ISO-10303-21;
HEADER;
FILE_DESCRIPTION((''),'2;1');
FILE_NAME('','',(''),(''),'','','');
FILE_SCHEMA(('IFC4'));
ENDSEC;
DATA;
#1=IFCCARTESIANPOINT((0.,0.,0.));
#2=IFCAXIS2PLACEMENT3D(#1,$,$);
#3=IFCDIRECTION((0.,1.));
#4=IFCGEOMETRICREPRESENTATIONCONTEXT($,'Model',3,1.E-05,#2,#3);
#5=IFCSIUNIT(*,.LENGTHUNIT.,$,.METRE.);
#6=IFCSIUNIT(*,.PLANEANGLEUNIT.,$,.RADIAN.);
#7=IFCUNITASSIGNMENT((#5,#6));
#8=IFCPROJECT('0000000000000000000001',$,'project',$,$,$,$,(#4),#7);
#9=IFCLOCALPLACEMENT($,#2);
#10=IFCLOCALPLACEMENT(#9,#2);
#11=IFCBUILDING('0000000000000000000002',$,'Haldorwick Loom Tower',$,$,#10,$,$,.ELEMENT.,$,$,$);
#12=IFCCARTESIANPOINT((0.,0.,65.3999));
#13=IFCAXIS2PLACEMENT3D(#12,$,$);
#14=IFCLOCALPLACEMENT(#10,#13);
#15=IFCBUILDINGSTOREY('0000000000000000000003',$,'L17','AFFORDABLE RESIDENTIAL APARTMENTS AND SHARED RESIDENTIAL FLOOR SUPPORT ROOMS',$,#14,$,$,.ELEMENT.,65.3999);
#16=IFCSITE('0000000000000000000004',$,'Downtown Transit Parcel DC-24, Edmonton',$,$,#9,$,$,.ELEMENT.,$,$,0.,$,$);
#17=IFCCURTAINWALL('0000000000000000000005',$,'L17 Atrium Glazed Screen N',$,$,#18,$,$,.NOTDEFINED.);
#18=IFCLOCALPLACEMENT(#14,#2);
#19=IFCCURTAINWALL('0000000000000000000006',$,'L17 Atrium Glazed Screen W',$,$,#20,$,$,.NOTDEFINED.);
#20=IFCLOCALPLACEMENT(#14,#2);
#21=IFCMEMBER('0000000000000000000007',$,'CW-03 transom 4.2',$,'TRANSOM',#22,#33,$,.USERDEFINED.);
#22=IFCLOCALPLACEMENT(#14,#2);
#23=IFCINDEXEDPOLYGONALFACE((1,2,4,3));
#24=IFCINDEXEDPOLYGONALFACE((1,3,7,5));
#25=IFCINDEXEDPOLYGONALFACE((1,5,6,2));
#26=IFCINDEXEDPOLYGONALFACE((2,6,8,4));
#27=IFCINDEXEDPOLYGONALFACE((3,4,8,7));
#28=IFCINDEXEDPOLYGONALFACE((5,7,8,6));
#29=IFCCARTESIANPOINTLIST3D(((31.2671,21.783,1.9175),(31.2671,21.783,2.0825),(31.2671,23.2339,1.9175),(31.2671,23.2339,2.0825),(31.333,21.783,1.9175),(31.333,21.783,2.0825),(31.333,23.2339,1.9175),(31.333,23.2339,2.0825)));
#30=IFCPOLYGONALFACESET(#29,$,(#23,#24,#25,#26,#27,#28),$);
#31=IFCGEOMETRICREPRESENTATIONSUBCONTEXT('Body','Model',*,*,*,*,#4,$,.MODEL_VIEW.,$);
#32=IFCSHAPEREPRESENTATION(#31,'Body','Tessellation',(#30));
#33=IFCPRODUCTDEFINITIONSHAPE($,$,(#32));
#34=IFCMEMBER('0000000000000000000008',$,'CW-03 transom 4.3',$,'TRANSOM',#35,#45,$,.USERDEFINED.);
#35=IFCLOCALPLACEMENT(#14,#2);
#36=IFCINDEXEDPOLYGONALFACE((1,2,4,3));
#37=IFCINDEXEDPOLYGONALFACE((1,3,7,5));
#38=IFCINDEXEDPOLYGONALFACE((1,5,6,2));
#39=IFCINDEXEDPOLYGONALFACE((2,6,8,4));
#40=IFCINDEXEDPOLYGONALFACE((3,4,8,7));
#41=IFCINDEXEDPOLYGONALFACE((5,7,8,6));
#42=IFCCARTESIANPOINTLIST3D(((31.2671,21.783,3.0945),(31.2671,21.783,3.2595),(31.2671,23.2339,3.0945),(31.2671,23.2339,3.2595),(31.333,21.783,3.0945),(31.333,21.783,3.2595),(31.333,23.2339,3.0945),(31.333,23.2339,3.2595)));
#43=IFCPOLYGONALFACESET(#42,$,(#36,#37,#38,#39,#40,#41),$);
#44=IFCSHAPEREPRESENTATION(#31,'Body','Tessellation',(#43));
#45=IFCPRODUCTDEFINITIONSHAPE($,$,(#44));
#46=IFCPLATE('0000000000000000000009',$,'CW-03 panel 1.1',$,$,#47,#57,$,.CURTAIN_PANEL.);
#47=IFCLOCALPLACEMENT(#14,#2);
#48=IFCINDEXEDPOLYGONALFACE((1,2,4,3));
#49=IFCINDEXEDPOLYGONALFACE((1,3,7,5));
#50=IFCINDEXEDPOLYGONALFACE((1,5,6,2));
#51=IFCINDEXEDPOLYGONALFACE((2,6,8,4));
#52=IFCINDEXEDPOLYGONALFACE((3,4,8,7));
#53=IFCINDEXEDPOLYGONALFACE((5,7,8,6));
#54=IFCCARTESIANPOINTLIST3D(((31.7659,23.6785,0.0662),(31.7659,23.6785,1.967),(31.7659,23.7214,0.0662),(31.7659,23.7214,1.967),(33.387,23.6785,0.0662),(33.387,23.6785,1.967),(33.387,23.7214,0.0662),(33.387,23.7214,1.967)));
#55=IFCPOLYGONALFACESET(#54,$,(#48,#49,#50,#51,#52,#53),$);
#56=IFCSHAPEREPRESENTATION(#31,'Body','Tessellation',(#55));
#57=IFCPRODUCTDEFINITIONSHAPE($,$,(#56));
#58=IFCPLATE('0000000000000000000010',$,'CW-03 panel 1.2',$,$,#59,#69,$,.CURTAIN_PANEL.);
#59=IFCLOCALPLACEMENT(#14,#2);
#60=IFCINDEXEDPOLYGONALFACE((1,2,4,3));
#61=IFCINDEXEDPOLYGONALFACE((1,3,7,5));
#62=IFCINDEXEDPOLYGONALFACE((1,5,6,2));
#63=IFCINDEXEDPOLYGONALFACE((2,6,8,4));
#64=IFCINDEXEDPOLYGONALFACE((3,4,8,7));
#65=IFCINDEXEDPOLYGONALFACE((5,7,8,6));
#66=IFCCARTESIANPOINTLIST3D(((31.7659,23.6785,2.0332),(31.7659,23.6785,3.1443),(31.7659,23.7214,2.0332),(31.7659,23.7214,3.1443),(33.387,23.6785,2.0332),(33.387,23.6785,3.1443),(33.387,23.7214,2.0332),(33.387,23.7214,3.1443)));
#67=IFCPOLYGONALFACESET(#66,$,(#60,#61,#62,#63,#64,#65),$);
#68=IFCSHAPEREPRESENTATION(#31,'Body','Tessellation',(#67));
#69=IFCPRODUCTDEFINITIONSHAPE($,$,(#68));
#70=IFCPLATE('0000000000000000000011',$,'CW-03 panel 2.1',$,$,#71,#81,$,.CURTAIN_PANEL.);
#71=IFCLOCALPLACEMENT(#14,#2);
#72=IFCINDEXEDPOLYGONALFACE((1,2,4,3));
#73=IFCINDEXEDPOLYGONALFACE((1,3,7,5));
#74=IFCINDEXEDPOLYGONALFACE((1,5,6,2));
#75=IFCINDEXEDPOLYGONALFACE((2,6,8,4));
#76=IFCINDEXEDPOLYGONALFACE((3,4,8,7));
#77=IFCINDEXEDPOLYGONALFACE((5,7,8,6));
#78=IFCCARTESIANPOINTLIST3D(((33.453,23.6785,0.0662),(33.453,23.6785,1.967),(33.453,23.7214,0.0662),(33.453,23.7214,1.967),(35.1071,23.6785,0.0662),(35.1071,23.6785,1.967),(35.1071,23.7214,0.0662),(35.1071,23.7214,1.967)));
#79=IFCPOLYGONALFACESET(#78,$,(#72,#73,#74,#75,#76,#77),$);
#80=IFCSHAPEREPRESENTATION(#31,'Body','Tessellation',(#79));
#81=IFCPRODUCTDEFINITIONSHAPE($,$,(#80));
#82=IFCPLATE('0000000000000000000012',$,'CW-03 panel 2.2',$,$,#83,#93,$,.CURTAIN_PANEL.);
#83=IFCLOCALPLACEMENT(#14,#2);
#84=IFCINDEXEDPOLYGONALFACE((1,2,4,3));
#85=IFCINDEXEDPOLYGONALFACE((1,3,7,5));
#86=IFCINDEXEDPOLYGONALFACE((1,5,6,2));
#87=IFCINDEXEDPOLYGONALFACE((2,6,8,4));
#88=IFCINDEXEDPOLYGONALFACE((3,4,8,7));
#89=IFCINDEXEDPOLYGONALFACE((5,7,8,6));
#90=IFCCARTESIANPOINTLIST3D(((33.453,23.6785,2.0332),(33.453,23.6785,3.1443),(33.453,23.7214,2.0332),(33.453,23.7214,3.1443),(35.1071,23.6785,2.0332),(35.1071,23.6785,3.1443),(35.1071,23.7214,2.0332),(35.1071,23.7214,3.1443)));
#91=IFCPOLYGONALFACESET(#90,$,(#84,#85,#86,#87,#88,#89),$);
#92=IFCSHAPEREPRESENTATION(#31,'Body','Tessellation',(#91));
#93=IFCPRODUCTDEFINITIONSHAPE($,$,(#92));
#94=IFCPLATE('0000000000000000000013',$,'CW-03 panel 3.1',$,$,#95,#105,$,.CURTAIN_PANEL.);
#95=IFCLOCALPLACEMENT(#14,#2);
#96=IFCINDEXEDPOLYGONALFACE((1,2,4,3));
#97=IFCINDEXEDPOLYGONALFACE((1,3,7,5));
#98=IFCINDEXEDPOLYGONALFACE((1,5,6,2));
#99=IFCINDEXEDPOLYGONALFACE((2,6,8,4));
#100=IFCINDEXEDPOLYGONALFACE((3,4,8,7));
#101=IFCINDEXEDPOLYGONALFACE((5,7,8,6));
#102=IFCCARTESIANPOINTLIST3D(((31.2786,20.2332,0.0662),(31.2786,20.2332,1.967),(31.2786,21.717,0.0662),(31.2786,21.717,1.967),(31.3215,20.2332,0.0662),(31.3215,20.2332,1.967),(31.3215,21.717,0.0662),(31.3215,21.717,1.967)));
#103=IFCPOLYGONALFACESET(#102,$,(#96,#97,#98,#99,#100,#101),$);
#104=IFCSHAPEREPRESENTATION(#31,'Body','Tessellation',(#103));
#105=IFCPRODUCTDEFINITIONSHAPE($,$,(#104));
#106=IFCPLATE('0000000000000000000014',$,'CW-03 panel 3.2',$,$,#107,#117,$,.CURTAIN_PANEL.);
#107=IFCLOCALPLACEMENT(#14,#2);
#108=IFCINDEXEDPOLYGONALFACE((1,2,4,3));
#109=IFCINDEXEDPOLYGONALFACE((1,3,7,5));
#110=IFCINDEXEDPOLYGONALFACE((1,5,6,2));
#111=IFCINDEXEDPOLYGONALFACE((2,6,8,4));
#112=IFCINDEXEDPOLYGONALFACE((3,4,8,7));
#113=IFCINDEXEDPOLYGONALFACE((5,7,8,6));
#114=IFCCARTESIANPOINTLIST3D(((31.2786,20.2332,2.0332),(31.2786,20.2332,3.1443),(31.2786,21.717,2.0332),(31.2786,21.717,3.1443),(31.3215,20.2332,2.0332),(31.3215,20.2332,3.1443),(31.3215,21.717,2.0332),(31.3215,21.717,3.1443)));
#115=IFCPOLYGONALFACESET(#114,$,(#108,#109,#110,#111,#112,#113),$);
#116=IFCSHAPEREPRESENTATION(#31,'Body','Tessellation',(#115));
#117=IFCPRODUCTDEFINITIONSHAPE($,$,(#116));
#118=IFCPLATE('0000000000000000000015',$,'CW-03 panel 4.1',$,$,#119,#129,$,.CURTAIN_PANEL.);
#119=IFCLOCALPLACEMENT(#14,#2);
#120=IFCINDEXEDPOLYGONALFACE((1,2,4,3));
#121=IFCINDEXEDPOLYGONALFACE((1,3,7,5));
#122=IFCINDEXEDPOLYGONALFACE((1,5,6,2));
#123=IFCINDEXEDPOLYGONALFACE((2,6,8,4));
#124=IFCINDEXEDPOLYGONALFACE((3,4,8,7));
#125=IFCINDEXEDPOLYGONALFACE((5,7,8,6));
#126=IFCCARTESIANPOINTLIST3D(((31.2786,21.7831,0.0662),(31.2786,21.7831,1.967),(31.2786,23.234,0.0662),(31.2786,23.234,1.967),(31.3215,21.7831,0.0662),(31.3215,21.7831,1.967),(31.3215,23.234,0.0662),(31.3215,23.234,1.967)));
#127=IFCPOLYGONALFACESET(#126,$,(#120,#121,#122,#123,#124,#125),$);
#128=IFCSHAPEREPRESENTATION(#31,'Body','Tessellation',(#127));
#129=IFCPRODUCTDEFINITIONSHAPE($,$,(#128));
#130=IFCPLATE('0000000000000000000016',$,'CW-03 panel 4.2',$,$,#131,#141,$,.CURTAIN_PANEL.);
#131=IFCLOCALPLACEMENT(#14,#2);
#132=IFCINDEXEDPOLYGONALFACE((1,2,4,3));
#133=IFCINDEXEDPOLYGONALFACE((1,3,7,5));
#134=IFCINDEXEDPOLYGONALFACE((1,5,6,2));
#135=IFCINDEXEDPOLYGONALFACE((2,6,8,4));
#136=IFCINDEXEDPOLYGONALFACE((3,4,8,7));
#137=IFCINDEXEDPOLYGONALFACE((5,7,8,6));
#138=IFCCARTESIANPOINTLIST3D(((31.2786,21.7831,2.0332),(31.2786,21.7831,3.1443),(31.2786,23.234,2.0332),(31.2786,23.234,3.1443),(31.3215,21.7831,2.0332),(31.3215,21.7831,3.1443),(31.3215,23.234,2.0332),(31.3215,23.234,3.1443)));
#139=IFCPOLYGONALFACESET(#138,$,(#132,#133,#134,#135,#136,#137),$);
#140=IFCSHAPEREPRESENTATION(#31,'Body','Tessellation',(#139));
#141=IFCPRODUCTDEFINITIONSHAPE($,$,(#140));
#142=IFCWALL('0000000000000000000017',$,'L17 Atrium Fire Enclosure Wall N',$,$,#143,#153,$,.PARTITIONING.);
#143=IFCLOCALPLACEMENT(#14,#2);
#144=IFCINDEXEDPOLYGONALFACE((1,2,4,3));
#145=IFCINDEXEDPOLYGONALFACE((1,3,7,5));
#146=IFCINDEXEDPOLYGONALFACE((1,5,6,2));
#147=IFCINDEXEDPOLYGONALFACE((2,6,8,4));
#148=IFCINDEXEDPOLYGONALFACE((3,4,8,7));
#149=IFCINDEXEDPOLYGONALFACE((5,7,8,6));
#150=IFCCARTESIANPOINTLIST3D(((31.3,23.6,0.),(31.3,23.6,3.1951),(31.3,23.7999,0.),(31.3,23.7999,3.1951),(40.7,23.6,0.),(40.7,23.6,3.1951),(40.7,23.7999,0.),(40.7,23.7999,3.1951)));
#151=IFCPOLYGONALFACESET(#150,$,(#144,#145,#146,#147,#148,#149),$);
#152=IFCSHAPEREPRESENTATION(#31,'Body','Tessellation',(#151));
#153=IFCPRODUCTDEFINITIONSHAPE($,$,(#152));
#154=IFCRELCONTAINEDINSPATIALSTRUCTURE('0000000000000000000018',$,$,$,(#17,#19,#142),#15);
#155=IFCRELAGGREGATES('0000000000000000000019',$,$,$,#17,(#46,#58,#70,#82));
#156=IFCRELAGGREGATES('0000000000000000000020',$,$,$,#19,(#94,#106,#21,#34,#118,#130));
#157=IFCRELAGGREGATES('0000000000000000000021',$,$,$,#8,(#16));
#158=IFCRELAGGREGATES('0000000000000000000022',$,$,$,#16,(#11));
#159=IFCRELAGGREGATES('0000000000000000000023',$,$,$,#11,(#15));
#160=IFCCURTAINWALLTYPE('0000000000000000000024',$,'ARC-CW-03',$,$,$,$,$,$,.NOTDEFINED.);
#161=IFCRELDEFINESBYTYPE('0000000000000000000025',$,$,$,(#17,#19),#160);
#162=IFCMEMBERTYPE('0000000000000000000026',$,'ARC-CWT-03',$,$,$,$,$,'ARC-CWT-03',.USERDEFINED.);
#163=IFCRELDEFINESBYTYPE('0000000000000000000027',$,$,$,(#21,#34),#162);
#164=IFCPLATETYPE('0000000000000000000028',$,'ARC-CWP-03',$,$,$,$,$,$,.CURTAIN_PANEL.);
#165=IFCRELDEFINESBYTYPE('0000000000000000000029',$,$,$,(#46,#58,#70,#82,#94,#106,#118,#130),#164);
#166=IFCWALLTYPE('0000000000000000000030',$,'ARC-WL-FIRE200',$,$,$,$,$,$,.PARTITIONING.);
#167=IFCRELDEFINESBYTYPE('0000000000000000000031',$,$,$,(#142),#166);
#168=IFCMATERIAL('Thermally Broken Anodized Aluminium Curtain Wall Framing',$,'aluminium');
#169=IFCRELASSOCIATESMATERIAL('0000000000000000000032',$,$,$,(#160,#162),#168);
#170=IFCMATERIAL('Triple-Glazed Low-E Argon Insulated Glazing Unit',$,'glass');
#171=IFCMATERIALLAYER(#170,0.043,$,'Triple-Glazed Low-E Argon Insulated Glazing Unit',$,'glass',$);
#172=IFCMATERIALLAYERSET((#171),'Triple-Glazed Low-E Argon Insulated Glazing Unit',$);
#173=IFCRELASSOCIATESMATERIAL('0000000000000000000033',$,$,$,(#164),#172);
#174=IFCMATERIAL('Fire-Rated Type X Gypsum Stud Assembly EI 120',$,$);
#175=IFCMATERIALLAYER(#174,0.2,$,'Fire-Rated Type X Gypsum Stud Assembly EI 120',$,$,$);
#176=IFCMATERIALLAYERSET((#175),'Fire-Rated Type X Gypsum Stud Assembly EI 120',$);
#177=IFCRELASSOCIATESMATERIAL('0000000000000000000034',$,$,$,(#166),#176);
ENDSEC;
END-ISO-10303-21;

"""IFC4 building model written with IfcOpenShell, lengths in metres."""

from ifc_helpers import new_model, si_unit, direction, frame, frame_2d, origin, origin_2d, place, context, subcontext, project, spatial, rectangle, extrude, material, layer, layer_set, material_profile, profile_set, type_object, element, aggregate, save


model = new_model("IFC4")

# Units and contexts
model_context = context("Model", 3, precision=1e-05, world=origin(), true_north=direction((0.0, 1.0)))
body_context = subcontext(model_context, "Body", "Model", "MODEL_VIEW")
ifc_project = project(units=[si_unit("LENGTHUNIT", "METRE"), si_unit("PLANEANGLEUNIT", "RADIAN")], contexts=[model_context])

# Site, building, storey
site_placement = place(None, origin())
site = spatial("IfcSite", under=ifc_project, at=site_placement, Name="Downtown Transit Parcel DC-24, Edmonton", CompositionType="ELEMENT", RefElevation=0.0)
building_placement = place(site_placement, origin())
building = spatial("IfcBuilding", under=site, at=building_placement, Name="Haldorwick Loom Tower", CompositionType="ELEMENT")
storey_placement = place(building_placement, frame((0.0, 0.0, 65.3999)))
storey = spatial("IfcBuildingStorey", under=building, at=storey_placement, Name="L17", Description="AFFORDABLE RESIDENTIAL APARTMENTS AND SHARED RESIDENTIAL FLOOR SUPPORT ROOMS", CompositionType="ELEMENT", Elevation=65.3999)

# Curtain walls
ifc_material_1 = material(Name="Thermally Broken Anodized Aluminium Curtain Wall Framing", Category="aluminium")
curtain_wall_type = type_object("IfcCurtainWallType", Name="ARC-CW-03", PredefinedType="NOTDEFINED", material=ifc_material_1)
curtain_wall_1_placement = place(storey_placement, origin())
curtain_wall_1 = element("IfcCurtainWall", 1, at=curtain_wall_1_placement, inside=storey, type_object=curtain_wall_type, Name="L17 Atrium Glazed Screen N", PredefinedType="NOTDEFINED")
curtain_wall_2_placement = place(storey_placement, origin())
curtain_wall_2 = element("IfcCurtainWall", 2, at=curtain_wall_2_placement, inside=storey, type_object=curtain_wall_type, Name="L17 Atrium Glazed Screen W", PredefinedType="NOTDEFINED")

# Members
ifc_material_profile_1 = material_profile(ifc_material_1, rectangle(XDim=0.0659, YDim=0.165, at=origin_2d()), Name="ALU_TRN_66X165", Category="aluminium")
ifc_profile_set_1 = profile_set([ifc_material_profile_1], Name="Thermally Broken Anodized Aluminium Curtain Wall Framing")
member_type_1 = type_object("IfcMemberType", Name="ARC-CWT-03", ElementType="ARC-CWT-03", PredefinedType="USERDEFINED", material=ifc_profile_set_1)
member_1_placement = place(storey_placement, frame((31.3, 21.783, 2.0), z_axis=(0.0, 1.0, 0.0), x_axis=(-1.0, 0.0, 0.0)))
member_1 = element("IfcMember", 3, at=member_1_placement, type_object=member_type_1, Name="CW-03 transom 4.2", ObjectType="TRANSOM", PredefinedType="USERDEFINED", context=body_context, shape_type="SweptSolid", body=[
    extrude(rectangle(XDim=0.0659, YDim=0.165, at=origin_2d()), origin(), (0.0, 0.0, 1.0), 1.4509),
])
member_2_placement = place(storey_placement, frame((31.3, 21.783, 3.177), z_axis=(0.0, 1.0, 0.0), x_axis=(-1.0, 0.0, 0.0)))
member_2 = element("IfcMember", 4, at=member_2_placement, type_object=member_type_1, Name="CW-03 transom 4.3", ObjectType="TRANSOM", PredefinedType="USERDEFINED", context=body_context, shape_type="SweptSolid", body=[
    extrude(rectangle(XDim=0.0659, YDim=0.165, at=origin_2d()), origin(), (0.0, 0.0, 1.0), 1.4509),
])

# Plates
ifc_material_2 = material(Name="Triple-Glazed Low-E Argon Insulated Glazing Unit", Category="glass")
ifc_layer_1 = layer(ifc_material_2, 0.043, Name="Triple-Glazed Low-E Argon Insulated Glazing Unit", Category="glass")
ifc_layer_set_1 = layer_set([ifc_layer_1], Name="Triple-Glazed Low-E Argon Insulated Glazing Unit")
plate_type = type_object("IfcPlateType", Name="ARC-CWP-03", PredefinedType="CURTAIN_PANEL", material=ifc_layer_set_1)
plate_1_placement = place(storey_placement, frame((32.5764, 23.7, 0.0662), z_axis=(0.0, 0.0, 1.0), x_axis=(1.0, 0.0, 0.0)))
plate_1 = element("IfcPlate", 5, at=plate_1_placement, type_object=plate_type, Name="CW-03 panel 1.1", PredefinedType="CURTAIN_PANEL", context=body_context, shape_type="SweptSolid", body=[
    extrude(rectangle(XDim=1.6211, YDim=0.043, at=origin_2d()), origin(), (0.0, 0.0, 1.0), 1.9009),
])
plate_2_placement = place(storey_placement, frame((32.5764, 23.7, 2.0332), z_axis=(0.0, 0.0, 1.0), x_axis=(1.0, 0.0, 0.0)))
plate_2 = element("IfcPlate", 6, at=plate_2_placement, type_object=plate_type, Name="CW-03 panel 1.2", PredefinedType="CURTAIN_PANEL", context=body_context, shape_type="SweptSolid", body=[
    extrude(rectangle(XDim=1.6211, YDim=0.043, at=origin_2d()), origin(), (0.0, 0.0, 1.0), 1.1111),
])
plate_3_placement = place(storey_placement, frame((34.28, 23.7, 0.0662), z_axis=(0.0, 0.0, 1.0), x_axis=(1.0, 0.0, 0.0)))
plate_3 = element("IfcPlate", 7, at=plate_3_placement, type_object=plate_type, Name="CW-03 panel 2.1", PredefinedType="CURTAIN_PANEL", context=body_context, shape_type="SweptSolid", body=[
    extrude(rectangle(XDim=1.6541, YDim=0.043, at=origin_2d()), origin(), (0.0, 0.0, 1.0), 1.9009),
])
plate_4_placement = place(storey_placement, frame((34.28, 23.7, 2.0332), z_axis=(0.0, 0.0, 1.0), x_axis=(1.0, 0.0, 0.0)))
plate_4 = element("IfcPlate", 8, at=plate_4_placement, type_object=plate_type, Name="CW-03 panel 2.2", PredefinedType="CURTAIN_PANEL", context=body_context, shape_type="SweptSolid", body=[
    extrude(rectangle(XDim=1.6541, YDim=0.043, at=origin_2d()), origin(), (0.0, 0.0, 1.0), 1.1111),
])
aggregate(curtain_wall_1, [plate_1, plate_2, plate_3, plate_4])
plate_5_placement = place(storey_placement, frame((31.3, 20.9751, 0.0662), z_axis=(0.0, 0.0, 1.0), x_axis=(0.0, 1.0, 0.0)))
plate_5 = element("IfcPlate", 9, at=plate_5_placement, type_object=plate_type, Name="CW-03 panel 3.1", PredefinedType="CURTAIN_PANEL", context=body_context, shape_type="SweptSolid", body=[
    extrude(rectangle(XDim=1.4839, YDim=0.043, at=origin_2d()), origin(), (0.0, 0.0, 1.0), 1.9009),
])
plate_6_placement = place(storey_placement, frame((31.3, 20.9751, 2.0332), z_axis=(0.0, 0.0, 1.0), x_axis=(0.0, 1.0, 0.0)))
plate_6 = element("IfcPlate", 10, at=plate_6_placement, type_object=plate_type, Name="CW-03 panel 3.2", PredefinedType="CURTAIN_PANEL", context=body_context, shape_type="SweptSolid", body=[
    extrude(rectangle(XDim=1.4839, YDim=0.043, at=origin_2d()), origin(), (0.0, 0.0, 1.0), 1.1111),
])
plate_7_placement = place(storey_placement, frame((31.3, 22.5085, 0.0662), z_axis=(0.0, 0.0, 1.0), x_axis=(0.0, 1.0, 0.0)))
plate_7 = element("IfcPlate", 11, at=plate_7_placement, type_object=plate_type, Name="CW-03 panel 4.1", PredefinedType="CURTAIN_PANEL", context=body_context, shape_type="SweptSolid", body=[
    extrude(rectangle(XDim=1.4509, YDim=0.043, at=origin_2d()), origin(), (0.0, 0.0, 1.0), 1.9009),
])
plate_8_placement = place(storey_placement, frame((31.3, 22.5085, 2.0332), z_axis=(0.0, 0.0, 1.0), x_axis=(0.0, 1.0, 0.0)))
plate_8 = element("IfcPlate", 12, at=plate_8_placement, type_object=plate_type, Name="CW-03 panel 4.2", PredefinedType="CURTAIN_PANEL", context=body_context, shape_type="SweptSolid", body=[
    extrude(rectangle(XDim=1.4509, YDim=0.043, at=origin_2d()), origin(), (0.0, 0.0, 1.0), 1.1111),
])
aggregate(curtain_wall_2, [plate_5, plate_6, member_1, member_2, plate_7, plate_8])

# Wall
ifc_material_3 = material(Name="Fire-Rated Type X Gypsum Stud Assembly EI 120")
ifc_layer_2 = layer(ifc_material_3, 0.2, Name="Fire-Rated Type X Gypsum Stud Assembly EI 120")
ifc_layer_set_2 = layer_set([ifc_layer_2], Name="Fire-Rated Type X Gypsum Stud Assembly EI 120")
wall_type = type_object("IfcWallType", Name="ARC-WL-FIRE200", PredefinedType="PARTITIONING", material=ifc_layer_set_2)
wall_placement = place(storey_placement, frame((31.3, 23.7, 0.0), z_axis=(0.0, 0.0, 1.0), x_axis=(1.0, 0.0, 0.0)))
element("IfcWall", 13, at=wall_placement, inside=storey, type_object=wall_type, Name="L17 Atrium Fire Enclosure Wall N", PredefinedType="PARTITIONING", context=body_context, shape_type="SweptSolid", body=[
    extrude(rectangle(XDim=9.3999, YDim=0.2, at=frame_2d((4.7, 0.0))), origin(), (0.0, 0.0, 1.0), 3.1951),
])

save(model, "model.ifc")
